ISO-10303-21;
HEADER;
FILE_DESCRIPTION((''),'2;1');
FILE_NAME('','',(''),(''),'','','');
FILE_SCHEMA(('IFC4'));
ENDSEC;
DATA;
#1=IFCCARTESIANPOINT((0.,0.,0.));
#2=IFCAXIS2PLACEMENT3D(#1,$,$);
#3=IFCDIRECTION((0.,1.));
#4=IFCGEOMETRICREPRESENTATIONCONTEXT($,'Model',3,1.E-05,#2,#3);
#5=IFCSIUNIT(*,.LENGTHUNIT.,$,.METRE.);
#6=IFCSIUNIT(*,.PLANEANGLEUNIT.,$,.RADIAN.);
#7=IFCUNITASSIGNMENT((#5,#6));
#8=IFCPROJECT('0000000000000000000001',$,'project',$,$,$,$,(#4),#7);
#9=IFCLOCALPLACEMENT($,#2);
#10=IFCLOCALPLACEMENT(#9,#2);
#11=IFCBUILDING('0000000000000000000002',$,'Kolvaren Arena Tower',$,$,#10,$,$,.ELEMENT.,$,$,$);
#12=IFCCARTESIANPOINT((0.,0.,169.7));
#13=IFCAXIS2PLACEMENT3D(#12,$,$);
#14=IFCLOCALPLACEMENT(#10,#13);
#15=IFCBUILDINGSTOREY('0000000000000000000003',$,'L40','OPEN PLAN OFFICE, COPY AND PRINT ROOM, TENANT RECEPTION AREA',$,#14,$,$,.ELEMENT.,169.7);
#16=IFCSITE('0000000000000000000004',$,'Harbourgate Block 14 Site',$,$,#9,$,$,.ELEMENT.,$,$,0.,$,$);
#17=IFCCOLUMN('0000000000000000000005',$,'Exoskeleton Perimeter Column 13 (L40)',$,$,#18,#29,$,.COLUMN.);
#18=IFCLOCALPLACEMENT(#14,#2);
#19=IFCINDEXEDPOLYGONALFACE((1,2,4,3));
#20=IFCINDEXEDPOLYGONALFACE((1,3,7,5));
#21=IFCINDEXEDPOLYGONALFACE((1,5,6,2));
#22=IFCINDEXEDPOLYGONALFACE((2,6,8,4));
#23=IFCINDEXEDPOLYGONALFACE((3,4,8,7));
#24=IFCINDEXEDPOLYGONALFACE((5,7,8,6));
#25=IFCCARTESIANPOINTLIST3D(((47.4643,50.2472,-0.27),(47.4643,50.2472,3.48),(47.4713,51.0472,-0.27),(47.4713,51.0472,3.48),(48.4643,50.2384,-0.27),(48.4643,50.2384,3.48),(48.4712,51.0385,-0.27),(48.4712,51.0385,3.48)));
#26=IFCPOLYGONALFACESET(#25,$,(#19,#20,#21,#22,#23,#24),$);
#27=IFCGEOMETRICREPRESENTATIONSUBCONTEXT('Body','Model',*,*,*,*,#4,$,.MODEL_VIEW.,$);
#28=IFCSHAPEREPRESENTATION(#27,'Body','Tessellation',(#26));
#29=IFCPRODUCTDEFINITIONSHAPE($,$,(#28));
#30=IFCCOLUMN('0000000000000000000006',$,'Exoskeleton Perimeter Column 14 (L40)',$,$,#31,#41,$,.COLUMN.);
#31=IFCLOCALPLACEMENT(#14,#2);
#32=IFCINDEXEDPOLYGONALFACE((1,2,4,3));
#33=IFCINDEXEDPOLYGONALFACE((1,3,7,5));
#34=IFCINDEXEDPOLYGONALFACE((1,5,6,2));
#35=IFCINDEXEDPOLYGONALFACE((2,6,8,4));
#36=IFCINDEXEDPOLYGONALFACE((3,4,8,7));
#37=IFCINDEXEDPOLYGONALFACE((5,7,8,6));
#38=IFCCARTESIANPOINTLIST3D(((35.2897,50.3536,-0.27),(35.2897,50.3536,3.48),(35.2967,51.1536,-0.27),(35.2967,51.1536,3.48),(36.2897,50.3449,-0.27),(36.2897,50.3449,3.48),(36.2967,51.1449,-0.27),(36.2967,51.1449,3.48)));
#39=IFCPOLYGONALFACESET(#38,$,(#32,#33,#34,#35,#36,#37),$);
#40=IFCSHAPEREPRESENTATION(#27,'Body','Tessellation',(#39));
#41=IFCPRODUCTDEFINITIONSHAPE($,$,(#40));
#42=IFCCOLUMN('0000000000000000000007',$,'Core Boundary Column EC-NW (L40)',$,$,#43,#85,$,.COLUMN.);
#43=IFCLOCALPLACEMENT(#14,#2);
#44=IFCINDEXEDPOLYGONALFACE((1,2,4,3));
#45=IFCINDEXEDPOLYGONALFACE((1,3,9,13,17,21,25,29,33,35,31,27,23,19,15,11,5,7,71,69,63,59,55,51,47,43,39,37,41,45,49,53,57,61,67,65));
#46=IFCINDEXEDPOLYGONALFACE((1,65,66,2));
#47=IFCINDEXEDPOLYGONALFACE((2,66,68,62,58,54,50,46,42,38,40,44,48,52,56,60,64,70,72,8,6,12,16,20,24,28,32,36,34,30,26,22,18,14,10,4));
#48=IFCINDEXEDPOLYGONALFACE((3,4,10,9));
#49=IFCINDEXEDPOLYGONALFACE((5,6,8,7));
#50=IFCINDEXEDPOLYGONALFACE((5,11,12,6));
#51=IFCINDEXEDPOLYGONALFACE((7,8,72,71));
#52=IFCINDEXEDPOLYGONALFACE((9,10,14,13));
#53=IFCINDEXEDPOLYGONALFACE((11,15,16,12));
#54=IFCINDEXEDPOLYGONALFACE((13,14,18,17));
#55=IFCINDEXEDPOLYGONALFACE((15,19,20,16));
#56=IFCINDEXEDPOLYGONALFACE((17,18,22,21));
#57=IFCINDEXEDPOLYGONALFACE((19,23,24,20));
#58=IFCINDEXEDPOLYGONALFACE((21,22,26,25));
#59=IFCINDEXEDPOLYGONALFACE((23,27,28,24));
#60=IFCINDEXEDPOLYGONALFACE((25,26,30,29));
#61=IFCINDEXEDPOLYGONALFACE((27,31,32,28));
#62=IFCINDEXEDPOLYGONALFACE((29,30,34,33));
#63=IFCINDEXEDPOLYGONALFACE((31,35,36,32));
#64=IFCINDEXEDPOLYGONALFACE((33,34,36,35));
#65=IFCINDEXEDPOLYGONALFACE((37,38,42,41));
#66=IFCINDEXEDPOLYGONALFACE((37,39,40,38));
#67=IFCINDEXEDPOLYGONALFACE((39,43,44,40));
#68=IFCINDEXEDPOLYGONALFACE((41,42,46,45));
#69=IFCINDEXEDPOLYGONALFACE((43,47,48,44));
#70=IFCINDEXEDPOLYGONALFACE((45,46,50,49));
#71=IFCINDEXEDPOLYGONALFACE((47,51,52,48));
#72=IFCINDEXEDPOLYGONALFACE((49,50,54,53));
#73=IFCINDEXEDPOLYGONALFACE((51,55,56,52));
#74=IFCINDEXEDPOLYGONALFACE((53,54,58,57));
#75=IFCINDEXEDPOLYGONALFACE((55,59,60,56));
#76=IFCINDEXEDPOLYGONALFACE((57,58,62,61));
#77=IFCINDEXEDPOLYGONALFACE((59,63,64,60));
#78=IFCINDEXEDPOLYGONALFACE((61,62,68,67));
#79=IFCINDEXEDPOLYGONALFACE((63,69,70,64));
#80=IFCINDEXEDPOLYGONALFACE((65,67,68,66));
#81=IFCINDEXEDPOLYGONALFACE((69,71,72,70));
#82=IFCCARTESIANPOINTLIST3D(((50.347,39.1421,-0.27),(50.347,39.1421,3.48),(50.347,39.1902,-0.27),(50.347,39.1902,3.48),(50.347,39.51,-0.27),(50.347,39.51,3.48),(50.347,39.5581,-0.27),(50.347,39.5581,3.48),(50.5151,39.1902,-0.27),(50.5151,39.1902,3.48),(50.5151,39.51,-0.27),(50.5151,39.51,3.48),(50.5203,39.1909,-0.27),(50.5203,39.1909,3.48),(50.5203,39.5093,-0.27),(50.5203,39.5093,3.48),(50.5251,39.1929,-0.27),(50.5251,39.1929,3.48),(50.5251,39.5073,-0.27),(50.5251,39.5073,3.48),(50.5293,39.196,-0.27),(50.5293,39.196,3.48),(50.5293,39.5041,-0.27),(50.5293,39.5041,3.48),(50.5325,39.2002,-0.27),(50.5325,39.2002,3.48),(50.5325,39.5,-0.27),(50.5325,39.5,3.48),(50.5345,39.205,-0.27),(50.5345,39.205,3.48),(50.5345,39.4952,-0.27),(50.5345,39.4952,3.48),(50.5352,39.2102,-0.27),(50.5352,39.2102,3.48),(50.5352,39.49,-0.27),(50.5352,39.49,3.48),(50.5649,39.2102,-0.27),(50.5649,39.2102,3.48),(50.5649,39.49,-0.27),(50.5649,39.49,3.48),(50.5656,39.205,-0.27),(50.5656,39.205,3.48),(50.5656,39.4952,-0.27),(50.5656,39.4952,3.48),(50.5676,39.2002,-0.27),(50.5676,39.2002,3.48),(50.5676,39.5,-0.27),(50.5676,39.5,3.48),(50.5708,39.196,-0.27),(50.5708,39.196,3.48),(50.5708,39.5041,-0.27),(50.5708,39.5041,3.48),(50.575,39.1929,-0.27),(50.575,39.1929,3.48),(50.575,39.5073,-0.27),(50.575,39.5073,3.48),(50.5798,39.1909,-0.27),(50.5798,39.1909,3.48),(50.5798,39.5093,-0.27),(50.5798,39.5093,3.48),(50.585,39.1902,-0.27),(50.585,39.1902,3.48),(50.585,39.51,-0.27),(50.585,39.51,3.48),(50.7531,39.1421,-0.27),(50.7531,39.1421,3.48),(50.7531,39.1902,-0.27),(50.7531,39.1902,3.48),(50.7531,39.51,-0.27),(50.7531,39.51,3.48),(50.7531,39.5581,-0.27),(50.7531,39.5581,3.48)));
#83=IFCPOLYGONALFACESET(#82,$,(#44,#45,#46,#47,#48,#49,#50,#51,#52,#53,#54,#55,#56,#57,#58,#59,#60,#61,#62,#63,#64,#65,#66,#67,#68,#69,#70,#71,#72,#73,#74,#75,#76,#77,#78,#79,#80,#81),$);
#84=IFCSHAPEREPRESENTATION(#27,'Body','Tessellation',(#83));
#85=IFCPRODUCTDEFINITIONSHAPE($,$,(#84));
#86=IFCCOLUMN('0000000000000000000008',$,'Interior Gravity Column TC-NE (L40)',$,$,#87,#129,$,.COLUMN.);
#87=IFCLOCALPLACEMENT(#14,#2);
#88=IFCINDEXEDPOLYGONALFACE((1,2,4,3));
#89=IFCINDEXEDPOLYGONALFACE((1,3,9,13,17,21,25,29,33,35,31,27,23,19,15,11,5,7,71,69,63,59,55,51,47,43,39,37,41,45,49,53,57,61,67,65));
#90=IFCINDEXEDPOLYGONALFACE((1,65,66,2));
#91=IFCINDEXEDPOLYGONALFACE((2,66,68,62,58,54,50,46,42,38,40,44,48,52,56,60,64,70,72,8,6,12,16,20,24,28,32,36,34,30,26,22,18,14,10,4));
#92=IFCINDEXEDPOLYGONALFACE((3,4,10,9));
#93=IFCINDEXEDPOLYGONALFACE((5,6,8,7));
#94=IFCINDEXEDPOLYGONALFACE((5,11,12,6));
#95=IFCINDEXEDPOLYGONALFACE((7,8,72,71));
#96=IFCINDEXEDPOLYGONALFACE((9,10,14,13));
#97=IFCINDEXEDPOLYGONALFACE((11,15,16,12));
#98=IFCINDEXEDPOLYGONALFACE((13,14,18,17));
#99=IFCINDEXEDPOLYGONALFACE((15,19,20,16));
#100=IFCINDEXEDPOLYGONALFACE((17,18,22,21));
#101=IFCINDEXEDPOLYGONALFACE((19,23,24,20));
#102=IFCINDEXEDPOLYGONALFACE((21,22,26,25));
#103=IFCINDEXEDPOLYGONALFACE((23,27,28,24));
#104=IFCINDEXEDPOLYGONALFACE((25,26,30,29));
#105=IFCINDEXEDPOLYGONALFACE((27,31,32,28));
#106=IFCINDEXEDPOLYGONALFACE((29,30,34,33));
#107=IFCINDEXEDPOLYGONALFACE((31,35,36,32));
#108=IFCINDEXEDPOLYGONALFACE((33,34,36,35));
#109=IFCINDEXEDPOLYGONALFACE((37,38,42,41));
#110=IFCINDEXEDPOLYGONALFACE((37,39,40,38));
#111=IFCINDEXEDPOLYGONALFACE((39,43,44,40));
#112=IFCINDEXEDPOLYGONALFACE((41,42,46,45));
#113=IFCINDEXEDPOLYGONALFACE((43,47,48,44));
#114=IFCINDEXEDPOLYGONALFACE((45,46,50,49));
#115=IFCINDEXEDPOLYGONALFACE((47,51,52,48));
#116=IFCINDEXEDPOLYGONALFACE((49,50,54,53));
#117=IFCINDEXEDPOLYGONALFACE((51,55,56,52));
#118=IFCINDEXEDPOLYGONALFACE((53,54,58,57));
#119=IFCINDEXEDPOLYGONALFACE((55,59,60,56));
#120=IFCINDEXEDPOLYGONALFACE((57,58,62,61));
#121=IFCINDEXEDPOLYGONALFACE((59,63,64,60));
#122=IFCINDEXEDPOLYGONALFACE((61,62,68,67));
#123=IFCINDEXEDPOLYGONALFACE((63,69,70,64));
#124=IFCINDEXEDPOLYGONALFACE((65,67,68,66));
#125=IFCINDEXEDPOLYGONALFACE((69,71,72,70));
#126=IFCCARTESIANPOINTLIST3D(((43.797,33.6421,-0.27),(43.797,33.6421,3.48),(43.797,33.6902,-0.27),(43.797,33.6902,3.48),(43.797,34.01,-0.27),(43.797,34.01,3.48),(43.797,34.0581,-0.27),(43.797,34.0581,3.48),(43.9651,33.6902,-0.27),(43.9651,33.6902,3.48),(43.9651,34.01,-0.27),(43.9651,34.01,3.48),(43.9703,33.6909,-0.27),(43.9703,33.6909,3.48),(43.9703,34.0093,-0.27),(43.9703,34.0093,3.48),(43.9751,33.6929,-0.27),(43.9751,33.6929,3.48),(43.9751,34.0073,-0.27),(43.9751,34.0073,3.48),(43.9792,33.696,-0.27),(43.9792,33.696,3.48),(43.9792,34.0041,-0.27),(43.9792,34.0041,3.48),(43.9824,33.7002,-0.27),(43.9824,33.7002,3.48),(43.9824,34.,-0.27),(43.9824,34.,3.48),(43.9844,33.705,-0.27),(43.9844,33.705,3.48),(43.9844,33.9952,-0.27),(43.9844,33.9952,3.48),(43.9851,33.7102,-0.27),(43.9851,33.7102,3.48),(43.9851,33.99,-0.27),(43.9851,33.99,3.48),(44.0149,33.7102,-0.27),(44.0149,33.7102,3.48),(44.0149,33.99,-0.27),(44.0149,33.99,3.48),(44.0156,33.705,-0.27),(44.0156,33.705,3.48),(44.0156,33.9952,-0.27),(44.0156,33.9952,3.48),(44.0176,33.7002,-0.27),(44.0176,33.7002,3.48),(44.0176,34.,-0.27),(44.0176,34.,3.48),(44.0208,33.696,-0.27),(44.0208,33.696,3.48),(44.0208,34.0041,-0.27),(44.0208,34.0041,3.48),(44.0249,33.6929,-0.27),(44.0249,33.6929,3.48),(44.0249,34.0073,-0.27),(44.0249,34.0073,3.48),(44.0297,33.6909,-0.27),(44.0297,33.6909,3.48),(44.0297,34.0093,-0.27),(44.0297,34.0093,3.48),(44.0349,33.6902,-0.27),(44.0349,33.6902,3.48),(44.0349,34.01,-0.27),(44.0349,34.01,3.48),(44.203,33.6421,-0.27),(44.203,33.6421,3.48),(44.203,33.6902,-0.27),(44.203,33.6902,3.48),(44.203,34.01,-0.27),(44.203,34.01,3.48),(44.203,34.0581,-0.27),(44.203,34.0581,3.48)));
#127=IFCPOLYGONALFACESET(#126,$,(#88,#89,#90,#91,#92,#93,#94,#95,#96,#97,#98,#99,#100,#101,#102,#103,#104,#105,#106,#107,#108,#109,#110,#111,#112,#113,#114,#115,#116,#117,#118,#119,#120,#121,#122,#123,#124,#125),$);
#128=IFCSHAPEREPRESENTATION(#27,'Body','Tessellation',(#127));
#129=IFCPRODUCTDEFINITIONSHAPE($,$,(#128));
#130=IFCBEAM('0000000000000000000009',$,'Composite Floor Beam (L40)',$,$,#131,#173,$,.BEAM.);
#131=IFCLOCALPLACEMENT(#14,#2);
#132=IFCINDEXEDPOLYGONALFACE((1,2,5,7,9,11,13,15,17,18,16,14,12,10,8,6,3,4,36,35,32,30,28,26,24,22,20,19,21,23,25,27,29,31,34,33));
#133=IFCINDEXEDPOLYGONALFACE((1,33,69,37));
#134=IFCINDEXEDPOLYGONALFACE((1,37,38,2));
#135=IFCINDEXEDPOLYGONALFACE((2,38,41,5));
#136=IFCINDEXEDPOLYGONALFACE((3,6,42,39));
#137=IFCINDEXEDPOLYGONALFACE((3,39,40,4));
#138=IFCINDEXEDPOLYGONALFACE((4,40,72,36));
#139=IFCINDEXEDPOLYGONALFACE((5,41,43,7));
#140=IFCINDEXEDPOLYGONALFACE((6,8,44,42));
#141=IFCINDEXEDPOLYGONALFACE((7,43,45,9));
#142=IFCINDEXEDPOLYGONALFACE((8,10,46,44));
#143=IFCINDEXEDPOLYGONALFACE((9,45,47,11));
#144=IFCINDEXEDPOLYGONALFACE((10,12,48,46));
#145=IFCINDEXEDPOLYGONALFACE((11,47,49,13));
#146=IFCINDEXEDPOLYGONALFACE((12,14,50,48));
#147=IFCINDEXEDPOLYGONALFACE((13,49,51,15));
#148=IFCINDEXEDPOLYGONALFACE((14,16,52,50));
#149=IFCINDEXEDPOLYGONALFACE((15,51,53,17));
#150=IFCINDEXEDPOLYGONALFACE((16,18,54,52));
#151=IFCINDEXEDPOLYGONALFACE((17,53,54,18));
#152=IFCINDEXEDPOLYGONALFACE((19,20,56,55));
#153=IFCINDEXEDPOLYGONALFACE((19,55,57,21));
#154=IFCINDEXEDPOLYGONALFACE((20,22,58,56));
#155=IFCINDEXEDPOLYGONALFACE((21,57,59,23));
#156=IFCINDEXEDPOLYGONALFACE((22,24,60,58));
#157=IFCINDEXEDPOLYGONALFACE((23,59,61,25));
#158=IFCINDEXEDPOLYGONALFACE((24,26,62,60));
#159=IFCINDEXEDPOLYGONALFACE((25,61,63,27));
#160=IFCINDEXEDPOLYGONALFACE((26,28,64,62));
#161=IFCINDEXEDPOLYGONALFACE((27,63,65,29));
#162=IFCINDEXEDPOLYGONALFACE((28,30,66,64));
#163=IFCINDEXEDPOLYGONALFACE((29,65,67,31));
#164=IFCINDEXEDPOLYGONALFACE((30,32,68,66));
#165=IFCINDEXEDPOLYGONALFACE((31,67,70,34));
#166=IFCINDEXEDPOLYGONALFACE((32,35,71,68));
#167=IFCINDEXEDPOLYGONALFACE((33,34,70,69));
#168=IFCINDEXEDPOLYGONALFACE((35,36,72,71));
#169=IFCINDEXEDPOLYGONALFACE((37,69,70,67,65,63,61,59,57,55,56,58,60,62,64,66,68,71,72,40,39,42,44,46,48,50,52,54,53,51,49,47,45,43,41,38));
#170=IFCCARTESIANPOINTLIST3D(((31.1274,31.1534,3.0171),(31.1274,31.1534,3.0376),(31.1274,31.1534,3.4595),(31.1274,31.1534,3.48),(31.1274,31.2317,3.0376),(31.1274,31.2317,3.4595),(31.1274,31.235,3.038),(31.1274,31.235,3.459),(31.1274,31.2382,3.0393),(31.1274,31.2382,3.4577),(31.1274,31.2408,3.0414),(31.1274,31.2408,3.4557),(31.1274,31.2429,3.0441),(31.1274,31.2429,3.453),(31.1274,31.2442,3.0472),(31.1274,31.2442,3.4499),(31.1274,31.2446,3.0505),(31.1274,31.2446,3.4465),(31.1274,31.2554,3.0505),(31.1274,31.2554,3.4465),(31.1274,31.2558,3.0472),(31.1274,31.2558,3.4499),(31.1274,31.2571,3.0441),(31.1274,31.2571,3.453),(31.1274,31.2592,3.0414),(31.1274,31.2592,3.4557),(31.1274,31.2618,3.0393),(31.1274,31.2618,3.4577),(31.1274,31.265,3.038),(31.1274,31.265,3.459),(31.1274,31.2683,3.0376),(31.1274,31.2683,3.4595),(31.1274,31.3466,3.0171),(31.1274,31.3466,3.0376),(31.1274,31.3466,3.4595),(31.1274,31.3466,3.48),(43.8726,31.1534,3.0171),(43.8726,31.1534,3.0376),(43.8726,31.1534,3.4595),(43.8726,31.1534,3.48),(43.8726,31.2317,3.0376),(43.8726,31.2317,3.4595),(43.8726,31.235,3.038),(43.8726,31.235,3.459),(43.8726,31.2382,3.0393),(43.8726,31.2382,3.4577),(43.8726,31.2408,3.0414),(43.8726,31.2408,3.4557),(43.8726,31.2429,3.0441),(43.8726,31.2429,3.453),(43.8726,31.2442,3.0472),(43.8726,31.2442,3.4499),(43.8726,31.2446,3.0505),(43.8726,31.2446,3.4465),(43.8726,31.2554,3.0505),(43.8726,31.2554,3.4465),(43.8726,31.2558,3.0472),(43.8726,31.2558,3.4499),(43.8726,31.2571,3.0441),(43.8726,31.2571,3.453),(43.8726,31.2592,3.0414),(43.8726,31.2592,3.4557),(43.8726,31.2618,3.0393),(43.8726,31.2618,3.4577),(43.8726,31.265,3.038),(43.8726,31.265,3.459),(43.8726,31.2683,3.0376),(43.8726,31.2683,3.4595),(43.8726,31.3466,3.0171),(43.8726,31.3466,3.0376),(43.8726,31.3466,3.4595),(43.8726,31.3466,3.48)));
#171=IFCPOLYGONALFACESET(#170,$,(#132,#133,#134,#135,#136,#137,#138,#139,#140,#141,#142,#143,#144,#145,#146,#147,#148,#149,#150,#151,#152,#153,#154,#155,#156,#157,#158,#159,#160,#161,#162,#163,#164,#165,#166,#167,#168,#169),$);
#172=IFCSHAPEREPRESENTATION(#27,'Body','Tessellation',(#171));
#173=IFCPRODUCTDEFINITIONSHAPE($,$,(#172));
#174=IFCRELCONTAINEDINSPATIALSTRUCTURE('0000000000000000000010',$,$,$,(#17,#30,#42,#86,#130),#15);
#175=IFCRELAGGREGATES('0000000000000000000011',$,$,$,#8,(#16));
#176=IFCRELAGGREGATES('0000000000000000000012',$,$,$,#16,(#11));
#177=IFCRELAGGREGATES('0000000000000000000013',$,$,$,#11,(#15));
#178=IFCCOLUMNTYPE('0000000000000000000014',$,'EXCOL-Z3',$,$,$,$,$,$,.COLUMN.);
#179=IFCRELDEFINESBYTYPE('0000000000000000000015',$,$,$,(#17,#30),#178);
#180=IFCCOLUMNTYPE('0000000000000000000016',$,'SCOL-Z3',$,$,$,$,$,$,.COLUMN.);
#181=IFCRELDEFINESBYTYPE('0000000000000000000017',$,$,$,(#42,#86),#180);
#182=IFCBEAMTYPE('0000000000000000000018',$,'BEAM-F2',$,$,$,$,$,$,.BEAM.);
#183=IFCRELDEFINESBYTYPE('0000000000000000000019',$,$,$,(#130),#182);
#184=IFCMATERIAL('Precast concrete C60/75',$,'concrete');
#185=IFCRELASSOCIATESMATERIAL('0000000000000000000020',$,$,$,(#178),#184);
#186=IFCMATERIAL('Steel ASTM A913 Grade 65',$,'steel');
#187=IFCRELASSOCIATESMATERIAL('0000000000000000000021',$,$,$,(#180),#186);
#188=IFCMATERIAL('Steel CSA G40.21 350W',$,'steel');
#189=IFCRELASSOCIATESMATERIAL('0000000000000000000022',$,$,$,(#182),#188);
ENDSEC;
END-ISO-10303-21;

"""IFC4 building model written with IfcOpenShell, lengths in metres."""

from ifc_helpers import new_model, si_unit, direction, frame, origin, origin_2d, place, context, subcontext, project, spatial, rectangle, i_section, extrude, material, material_profile, profile_set, type_object, element, save


model = new_model("IFC4")

# Units and contexts
model_context = context("Model", 3, precision=1e-05, world=origin(), true_north=direction((0.0, 1.0)))
body_context = subcontext(model_context, "Body", "Model", "MODEL_VIEW")
ifc_project = project(units=[si_unit("LENGTHUNIT", "METRE"), si_unit("PLANEANGLEUNIT", "RADIAN")], contexts=[model_context])

# Site, building, storey
site_placement = place(None, origin())
site = spatial("IfcSite", under=ifc_project, at=site_placement, Name="Harbourgate Block 14 Site", CompositionType="ELEMENT", RefElevation=0.0)
building_placement = place(site_placement, origin())
building = spatial("IfcBuilding", under=site, at=building_placement, Name="Kolvaren Arena Tower", CompositionType="ELEMENT")
storey_placement = place(building_placement, frame((0.0, 0.0, 169.7)))
storey = spatial("IfcBuildingStorey", under=building, at=storey_placement, Name="L40", Description="OPEN PLAN OFFICE, COPY AND PRINT ROOM, TENANT RECEPTION AREA", CompositionType="ELEMENT", Elevation=169.7)

# Columns
ifc_material_1 = material(Name="Precast concrete C60/75", Category="concrete")
ifc_material_profile_1 = material_profile(ifc_material_1, rectangle(XDim=1.0, YDim=0.8, at=origin_2d()), Name="RC-1000x800")
ifc_profile_set_1 = profile_set([ifc_material_profile_1], Name="Precast concrete C60/75")
column_type_1 = type_object("IfcColumnType", Name="EXCOL-Z3", PredefinedType="COLUMN", material=ifc_profile_set_1)
for number, where, z_axis, x_axis, name in (
    (1, (47.9678, 50.6428, -0.27), (0.0, 0.0, 1.0), (0.999962, -0.008727, 0.0), "Exoskeleton Perimeter Column 13 (L40)"),
    (2, (35.7932, 50.7493, -0.27), (0.0, 0.0, 1.0), (0.999962, -0.008727, 0.0), "Exoskeleton Perimeter Column 14 (L40)"),
):
    element("IfcColumn", number, at=place(storey_placement, frame(where, z_axis=z_axis, x_axis=x_axis)), inside=storey, type_object=column_type_1, Name=name, PredefinedType="COLUMN", context=body_context, shape_type="SweptSolid", body=[
        extrude(rectangle(XDim=1.0, YDim=0.8, at=origin_2d()), origin(), (0.0, 0.0, 1.0), 3.75),
    ])
ifc_material_2 = material(Name="Steel ASTM A913 Grade 65", Category="steel")
ifc_material_profile_2 = material_profile(ifc_material_2, i_section(OverallWidth=0.406, OverallDepth=0.416, WebThickness=0.0298, FlangeThickness=0.0481, FilletRadius=0.02, at=origin_2d()), Name="W360x382")
ifc_profile_set_2 = profile_set([ifc_material_profile_2], Name="Steel ASTM A913 Grade 65")
column_type_2 = type_object("IfcColumnType", Name="SCOL-Z3", PredefinedType="COLUMN", material=ifc_profile_set_2)
for number, where, z_axis, x_axis, name in (
    (3, (50.55, 39.3501, -0.27), (0.0, 0.0, 1.0), (1.0, 0.0, 0.0), "Core Boundary Column EC-NW (L40)"),
    (4, (44.0, 33.8501, -0.27), (0.0, 0.0, 1.0), (1.0, 0.0, 0.0), "Interior Gravity Column TC-NE (L40)"),
):
    element("IfcColumn", number, at=place(storey_placement, frame(where, z_axis=z_axis, x_axis=x_axis)), inside=storey, type_object=column_type_2, Name=name, PredefinedType="COLUMN", context=body_context, shape_type="SweptSolid", body=[
        extrude(i_section(OverallWidth=0.406, OverallDepth=0.416, WebThickness=0.0298, FlangeThickness=0.0481, FilletRadius=0.02, at=origin_2d()), origin(), (0.0, 0.0, 1.0), 3.75),
    ])

# Beam
ifc_material_3 = material(Name="Steel CSA G40.21 350W", Category="steel")
ifc_material_profile_3 = material_profile(ifc_material_3, i_section(OverallWidth=0.1931, OverallDepth=0.4629, WebThickness=0.0107, FlangeThickness=0.0205, FilletRadius=0.0129, at=origin_2d()), Name="W460x113")
ifc_profile_set_3 = profile_set([ifc_material_profile_3], Name="Steel CSA G40.21 350W")
beam_type_1 = type_object("IfcBeamType", Name="BEAM-F2", PredefinedType="BEAM", material=ifc_profile_set_3)
for number, where, z_axis, x_axis, name in (
    (5, (31.1274, 31.25, 3.2485), (1.0, 0.0, 0.0), (0.0, 1.0, 0.0), "Composite Floor Beam (L40)"),
):
    element("IfcBeam", number, at=place(storey_placement, frame(where, z_axis=z_axis, x_axis=x_axis)), inside=storey, type_object=beam_type_1, Name=name, PredefinedType="BEAM", context=body_context, shape_type="SweptSolid", body=[
        extrude(i_section(OverallWidth=0.1931, OverallDepth=0.4629, WebThickness=0.0107, FlangeThickness=0.0205, FilletRadius=0.0129, at=origin_2d()), origin(), (0.0, 0.0, 1.0), 12.7451),
    ])

save(model, "model.ifc")
